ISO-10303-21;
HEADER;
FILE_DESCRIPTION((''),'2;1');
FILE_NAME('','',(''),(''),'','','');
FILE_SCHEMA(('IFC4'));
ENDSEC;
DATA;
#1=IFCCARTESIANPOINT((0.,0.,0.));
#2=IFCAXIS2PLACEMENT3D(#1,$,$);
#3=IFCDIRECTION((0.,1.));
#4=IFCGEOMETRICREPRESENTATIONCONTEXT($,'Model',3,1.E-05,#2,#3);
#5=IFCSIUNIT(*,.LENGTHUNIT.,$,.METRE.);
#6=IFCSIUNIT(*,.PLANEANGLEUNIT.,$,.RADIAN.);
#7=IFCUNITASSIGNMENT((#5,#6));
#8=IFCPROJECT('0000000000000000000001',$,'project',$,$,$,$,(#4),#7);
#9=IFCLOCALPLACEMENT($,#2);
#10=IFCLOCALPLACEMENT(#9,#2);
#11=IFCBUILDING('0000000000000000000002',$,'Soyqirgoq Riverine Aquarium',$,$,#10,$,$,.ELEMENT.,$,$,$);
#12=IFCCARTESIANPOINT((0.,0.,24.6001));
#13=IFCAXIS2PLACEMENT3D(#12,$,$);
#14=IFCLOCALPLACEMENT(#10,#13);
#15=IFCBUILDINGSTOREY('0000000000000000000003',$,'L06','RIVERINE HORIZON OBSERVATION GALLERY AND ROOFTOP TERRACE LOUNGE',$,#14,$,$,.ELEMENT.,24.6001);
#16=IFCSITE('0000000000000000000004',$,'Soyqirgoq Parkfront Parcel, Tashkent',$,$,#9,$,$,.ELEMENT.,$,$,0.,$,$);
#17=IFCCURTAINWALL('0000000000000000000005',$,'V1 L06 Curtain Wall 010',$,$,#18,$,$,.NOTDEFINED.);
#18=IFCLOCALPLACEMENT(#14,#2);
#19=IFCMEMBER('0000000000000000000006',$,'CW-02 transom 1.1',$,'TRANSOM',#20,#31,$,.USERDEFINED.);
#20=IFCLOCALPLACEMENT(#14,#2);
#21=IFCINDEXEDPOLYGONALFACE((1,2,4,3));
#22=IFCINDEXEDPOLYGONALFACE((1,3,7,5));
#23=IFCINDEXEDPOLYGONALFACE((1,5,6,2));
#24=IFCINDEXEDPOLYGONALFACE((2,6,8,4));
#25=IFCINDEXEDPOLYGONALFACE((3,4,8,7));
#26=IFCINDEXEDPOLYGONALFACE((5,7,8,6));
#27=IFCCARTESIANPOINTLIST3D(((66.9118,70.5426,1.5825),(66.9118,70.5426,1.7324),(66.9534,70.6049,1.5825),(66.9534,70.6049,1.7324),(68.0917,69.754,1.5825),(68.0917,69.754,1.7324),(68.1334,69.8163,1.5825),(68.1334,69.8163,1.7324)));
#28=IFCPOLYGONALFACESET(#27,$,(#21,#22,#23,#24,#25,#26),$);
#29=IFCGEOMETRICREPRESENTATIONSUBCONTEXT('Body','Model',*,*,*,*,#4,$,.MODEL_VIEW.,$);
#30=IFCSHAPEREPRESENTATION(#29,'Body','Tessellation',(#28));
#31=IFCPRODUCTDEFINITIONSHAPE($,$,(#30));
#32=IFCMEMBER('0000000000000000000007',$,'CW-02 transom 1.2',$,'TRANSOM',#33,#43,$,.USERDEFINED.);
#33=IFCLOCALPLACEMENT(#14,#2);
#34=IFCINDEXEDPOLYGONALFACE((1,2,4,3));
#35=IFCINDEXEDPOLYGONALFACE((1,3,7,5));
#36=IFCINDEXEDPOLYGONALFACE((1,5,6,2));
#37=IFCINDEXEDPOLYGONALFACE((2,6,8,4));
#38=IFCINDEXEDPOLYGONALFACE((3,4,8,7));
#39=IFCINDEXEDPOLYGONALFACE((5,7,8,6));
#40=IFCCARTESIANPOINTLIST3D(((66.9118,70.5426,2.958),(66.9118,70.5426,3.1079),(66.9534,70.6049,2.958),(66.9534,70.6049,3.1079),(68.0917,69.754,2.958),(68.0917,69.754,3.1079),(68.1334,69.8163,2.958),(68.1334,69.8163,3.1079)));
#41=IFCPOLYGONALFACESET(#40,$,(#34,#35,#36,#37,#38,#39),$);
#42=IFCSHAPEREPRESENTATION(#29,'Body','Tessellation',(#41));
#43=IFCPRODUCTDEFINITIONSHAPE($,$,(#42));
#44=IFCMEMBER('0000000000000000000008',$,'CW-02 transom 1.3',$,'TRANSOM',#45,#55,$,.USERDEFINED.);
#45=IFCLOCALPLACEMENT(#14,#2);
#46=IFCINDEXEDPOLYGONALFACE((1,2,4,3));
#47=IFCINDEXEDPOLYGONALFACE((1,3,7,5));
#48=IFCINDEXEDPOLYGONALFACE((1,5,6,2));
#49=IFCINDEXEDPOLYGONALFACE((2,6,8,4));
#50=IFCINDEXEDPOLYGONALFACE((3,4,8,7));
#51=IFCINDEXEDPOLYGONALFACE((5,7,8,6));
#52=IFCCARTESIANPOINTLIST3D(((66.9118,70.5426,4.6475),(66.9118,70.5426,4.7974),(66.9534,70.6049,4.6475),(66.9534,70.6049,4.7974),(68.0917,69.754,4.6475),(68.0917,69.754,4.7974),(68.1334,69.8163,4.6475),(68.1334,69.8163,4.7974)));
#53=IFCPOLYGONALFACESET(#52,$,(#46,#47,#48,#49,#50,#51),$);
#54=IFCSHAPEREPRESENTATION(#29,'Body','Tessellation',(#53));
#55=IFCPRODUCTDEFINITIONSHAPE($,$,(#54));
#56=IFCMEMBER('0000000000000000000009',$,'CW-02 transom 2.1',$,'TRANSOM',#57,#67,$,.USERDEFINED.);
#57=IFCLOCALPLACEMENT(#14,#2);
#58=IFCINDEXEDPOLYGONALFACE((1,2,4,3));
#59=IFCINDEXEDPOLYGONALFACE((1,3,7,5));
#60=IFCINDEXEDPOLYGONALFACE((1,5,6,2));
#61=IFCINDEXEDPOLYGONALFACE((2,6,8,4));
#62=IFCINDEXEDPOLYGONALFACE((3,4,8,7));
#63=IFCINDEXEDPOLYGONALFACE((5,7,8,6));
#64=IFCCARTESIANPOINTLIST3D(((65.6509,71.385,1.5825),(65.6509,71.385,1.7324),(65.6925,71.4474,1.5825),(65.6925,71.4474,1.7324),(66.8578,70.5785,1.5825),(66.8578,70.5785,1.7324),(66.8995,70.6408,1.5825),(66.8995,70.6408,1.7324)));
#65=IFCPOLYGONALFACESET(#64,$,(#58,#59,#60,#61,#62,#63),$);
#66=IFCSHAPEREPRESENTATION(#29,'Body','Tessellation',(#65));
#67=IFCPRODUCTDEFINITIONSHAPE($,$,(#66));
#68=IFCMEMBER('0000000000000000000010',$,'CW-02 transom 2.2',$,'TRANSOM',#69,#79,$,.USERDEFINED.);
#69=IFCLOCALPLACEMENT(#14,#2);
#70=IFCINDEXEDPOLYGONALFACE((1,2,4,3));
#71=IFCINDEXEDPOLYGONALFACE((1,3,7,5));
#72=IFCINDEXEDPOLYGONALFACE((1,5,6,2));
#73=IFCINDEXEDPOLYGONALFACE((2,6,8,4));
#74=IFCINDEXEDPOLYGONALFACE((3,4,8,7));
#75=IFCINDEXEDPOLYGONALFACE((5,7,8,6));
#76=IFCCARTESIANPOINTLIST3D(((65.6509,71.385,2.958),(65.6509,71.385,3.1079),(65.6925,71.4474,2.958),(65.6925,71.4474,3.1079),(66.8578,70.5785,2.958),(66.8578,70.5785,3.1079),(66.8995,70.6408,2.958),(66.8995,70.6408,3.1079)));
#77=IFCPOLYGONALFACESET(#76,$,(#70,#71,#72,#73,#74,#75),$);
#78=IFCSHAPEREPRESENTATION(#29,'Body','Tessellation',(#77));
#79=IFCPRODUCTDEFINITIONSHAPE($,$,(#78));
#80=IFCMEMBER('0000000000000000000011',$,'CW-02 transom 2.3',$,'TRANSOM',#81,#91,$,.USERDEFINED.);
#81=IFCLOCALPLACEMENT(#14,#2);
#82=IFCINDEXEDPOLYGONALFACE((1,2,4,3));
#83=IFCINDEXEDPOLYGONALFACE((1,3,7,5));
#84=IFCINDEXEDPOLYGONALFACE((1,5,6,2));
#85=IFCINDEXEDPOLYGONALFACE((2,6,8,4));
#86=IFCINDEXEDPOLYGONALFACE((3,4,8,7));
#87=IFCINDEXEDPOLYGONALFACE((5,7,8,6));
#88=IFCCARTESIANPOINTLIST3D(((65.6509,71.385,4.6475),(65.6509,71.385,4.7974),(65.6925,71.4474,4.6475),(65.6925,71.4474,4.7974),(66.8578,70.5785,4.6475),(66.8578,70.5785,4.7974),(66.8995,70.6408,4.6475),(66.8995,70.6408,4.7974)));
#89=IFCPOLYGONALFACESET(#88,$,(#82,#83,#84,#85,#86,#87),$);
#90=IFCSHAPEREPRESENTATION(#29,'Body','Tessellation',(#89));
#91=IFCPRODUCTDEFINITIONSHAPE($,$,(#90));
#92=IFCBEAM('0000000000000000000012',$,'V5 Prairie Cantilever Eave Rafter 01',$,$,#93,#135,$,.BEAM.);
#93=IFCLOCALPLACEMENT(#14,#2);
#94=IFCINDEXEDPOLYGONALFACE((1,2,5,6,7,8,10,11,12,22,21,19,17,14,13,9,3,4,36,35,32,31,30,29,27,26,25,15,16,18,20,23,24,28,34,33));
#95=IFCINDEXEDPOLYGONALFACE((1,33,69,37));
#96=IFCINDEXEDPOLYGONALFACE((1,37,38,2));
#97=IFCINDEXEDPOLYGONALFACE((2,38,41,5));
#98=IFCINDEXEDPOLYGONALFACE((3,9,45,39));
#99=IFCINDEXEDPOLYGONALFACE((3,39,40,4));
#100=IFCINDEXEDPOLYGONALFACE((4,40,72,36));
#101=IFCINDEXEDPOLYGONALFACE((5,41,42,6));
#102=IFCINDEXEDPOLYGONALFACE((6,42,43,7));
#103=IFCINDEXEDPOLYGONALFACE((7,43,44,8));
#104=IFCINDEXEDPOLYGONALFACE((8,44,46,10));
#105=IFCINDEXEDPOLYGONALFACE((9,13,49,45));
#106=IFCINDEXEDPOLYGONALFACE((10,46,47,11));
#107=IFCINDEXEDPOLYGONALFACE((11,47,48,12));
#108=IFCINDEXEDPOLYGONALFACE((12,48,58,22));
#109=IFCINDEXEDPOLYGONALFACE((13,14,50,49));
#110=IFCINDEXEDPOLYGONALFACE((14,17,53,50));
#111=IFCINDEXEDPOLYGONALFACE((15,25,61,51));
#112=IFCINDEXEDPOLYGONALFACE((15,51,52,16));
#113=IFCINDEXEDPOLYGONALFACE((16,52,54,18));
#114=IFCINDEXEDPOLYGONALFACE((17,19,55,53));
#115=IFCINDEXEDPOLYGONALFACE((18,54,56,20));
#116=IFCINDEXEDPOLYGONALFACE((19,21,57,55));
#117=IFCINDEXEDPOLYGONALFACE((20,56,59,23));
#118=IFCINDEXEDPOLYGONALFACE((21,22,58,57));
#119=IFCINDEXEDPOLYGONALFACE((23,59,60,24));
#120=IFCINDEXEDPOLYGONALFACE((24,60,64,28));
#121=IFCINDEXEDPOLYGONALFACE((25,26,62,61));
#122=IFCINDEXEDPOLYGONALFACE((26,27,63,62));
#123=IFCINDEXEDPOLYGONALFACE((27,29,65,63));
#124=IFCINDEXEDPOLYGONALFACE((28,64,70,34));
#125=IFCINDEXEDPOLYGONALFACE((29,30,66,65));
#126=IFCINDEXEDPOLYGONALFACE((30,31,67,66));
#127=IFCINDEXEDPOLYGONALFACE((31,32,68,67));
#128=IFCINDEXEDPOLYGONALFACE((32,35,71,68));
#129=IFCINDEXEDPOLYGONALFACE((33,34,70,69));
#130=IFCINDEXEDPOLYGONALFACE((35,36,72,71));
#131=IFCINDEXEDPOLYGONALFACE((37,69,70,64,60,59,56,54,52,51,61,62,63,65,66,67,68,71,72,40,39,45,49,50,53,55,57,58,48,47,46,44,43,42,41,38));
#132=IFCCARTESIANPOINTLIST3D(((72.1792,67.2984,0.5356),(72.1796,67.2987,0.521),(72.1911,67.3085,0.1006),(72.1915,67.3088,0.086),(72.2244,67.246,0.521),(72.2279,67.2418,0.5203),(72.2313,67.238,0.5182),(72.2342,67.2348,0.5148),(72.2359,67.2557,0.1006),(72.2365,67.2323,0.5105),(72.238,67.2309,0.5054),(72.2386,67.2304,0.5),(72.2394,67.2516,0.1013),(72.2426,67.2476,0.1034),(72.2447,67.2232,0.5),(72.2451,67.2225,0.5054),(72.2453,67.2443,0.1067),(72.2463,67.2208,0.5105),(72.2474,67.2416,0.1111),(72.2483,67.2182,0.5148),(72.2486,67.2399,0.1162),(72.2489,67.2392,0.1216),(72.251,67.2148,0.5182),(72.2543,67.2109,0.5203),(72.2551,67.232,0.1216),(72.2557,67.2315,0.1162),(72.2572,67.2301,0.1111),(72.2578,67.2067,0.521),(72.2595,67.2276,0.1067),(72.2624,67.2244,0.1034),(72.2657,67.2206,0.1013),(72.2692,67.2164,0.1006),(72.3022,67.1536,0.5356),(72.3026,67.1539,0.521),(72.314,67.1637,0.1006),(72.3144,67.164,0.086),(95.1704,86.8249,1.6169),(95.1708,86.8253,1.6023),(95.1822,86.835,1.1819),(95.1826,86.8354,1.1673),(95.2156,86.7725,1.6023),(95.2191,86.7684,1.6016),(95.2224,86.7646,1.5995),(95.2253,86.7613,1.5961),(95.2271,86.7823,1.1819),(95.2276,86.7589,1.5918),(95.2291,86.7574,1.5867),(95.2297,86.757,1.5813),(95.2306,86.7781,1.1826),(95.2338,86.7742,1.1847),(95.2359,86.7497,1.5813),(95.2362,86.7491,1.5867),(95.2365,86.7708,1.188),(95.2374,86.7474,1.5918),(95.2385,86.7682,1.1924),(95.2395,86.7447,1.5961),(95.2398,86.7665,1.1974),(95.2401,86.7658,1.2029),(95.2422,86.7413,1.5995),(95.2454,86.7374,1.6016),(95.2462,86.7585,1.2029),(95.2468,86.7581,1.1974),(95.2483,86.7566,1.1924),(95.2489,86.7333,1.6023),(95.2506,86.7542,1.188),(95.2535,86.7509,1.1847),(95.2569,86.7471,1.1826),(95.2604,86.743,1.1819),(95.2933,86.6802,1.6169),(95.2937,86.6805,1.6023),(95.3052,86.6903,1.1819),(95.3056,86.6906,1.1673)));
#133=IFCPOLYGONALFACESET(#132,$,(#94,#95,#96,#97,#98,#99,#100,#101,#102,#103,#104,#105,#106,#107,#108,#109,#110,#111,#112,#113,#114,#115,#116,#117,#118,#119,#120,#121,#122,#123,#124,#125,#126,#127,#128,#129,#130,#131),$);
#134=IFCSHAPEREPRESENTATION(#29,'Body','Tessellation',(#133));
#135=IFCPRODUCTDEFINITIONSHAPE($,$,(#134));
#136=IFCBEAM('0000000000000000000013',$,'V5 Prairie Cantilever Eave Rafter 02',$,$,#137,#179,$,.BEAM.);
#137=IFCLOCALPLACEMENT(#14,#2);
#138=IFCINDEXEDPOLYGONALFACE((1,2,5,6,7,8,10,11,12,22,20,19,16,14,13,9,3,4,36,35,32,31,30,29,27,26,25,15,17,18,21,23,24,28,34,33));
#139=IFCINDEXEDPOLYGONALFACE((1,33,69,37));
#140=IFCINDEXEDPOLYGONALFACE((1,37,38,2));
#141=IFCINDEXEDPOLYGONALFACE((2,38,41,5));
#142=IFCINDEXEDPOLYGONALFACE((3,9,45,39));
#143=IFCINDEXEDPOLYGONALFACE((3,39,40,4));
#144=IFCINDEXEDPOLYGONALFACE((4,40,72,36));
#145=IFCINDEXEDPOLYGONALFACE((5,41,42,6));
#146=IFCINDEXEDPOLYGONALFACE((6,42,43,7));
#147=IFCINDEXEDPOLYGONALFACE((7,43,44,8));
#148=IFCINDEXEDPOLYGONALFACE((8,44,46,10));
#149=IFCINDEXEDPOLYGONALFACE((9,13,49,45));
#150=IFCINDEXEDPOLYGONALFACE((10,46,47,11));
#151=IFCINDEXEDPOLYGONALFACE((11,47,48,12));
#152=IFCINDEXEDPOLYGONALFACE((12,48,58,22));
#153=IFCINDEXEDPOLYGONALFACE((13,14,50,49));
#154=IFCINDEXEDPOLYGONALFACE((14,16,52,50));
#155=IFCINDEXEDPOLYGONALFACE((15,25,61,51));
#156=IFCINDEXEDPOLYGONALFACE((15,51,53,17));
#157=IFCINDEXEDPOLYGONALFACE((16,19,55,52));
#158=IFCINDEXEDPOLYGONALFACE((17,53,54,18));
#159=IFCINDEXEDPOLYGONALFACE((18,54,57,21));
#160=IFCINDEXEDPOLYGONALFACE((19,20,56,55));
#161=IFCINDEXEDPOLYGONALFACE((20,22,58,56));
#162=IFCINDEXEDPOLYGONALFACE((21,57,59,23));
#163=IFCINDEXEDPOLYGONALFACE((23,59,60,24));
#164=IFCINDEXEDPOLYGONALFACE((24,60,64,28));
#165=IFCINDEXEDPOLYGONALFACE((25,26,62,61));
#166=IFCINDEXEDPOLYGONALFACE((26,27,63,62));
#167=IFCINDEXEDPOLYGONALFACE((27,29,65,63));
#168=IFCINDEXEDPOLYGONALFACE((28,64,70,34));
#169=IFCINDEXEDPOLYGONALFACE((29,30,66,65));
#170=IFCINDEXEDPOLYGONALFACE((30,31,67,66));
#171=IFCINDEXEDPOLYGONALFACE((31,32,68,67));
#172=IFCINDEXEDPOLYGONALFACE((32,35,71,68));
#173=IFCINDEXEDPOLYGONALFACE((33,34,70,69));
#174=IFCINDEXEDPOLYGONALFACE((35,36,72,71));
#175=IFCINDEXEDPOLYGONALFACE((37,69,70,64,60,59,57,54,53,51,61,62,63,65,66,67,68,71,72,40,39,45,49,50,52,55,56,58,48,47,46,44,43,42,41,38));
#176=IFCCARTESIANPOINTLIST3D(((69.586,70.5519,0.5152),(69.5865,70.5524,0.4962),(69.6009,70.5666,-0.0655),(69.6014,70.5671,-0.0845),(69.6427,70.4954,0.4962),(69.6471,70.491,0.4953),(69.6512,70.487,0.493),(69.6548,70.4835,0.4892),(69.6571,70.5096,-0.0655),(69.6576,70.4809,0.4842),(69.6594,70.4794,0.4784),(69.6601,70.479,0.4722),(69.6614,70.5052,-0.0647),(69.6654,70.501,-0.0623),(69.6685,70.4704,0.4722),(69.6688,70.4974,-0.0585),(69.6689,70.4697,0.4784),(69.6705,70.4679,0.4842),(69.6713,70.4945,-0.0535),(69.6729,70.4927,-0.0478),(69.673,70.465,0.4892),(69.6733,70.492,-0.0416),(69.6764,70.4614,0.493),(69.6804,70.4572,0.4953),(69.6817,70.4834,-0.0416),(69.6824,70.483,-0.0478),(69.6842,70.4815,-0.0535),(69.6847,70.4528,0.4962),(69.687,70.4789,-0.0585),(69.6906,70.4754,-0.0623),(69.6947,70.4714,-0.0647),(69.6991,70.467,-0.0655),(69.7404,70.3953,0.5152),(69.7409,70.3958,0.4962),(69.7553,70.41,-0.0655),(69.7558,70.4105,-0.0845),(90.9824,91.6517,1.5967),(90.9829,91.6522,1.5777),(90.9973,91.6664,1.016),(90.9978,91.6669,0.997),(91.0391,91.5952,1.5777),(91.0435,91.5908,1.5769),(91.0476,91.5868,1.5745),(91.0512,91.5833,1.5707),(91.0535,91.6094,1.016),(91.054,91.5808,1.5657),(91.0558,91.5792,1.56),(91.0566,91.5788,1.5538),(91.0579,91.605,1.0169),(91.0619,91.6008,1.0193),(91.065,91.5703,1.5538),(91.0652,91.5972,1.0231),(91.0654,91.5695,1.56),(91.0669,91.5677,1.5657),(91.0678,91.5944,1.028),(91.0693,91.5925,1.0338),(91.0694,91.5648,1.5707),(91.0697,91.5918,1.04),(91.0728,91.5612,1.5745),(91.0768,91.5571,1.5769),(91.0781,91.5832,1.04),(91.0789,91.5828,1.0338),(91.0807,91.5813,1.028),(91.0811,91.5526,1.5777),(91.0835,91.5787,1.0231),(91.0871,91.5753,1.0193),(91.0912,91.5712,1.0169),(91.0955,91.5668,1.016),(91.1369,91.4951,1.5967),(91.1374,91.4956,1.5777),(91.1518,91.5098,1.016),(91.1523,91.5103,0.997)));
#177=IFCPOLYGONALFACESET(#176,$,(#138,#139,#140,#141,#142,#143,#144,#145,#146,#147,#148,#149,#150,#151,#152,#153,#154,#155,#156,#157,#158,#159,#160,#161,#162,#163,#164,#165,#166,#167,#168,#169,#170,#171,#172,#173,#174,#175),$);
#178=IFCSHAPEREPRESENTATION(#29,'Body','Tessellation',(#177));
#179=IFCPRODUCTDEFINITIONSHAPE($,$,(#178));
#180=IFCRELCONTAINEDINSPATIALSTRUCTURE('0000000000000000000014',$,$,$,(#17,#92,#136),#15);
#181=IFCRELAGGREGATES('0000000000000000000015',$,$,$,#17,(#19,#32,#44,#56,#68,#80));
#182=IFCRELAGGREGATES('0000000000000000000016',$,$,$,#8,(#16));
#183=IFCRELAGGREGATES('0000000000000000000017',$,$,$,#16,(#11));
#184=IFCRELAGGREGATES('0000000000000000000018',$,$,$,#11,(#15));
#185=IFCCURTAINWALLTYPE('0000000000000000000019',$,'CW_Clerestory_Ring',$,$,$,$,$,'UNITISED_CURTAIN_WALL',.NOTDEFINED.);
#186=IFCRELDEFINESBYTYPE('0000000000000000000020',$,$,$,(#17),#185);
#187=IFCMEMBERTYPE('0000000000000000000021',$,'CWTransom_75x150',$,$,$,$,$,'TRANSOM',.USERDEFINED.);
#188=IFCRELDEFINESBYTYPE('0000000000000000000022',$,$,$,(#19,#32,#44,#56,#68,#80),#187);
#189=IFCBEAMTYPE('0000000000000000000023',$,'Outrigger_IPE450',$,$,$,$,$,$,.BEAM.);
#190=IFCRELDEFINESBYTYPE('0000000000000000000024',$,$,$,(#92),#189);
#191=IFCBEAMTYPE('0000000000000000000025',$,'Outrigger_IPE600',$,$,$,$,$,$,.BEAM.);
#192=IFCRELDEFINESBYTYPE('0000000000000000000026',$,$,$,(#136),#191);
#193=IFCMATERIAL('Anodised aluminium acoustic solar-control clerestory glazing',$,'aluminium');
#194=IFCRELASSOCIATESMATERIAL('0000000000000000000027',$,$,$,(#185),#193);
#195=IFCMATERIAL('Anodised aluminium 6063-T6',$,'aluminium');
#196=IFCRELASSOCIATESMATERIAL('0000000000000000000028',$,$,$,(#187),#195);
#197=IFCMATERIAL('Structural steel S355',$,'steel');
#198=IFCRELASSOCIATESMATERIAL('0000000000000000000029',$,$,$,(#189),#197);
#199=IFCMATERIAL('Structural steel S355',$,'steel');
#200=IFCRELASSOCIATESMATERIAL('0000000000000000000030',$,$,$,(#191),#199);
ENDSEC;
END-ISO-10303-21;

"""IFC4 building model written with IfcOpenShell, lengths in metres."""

from ifc_helpers import new_model, si_unit, direction, frame, origin, origin_2d, place, context, subcontext, project, spatial, rectangle, i_section, extrude, material, material_profile, profile_set, type_object, element, aggregate, save


model = new_model("IFC4")

# Units and contexts
model_context = context("Model", 3, precision=1e-05, world=origin(), true_north=direction((0.0, 1.0)))
body_context = subcontext(model_context, "Body", "Model", "MODEL_VIEW")
ifc_project = project(units=[si_unit("LENGTHUNIT", "METRE"), si_unit("PLANEANGLEUNIT", "RADIAN")], contexts=[model_context])

# Site, building, storey
site_placement = place(None, origin())
site = spatial("IfcSite", under=ifc_project, at=site_placement, Name="Soyqirgoq Parkfront Parcel, Tashkent", CompositionType="ELEMENT", RefElevation=0.0)
building_placement = place(site_placement, origin())
building = spatial("IfcBuilding", under=site, at=building_placement, Name="Soyqirgoq Riverine Aquarium", CompositionType="ELEMENT")
storey_placement = place(building_placement, frame((0.0, 0.0, 24.6001)))
storey = spatial("IfcBuildingStorey", under=building, at=storey_placement, Name="L06", Description="RIVERINE HORIZON OBSERVATION GALLERY AND ROOFTOP TERRACE LOUNGE", CompositionType="ELEMENT", Elevation=24.6001)

# Curtain wall
ifc_material_1 = material(Name="Anodised aluminium acoustic solar-control clerestory glazing", Category="aluminium")
curtain_wall_type = type_object("IfcCurtainWallType", Name="CW_Clerestory_Ring", ElementType="UNITISED_CURTAIN_WALL", PredefinedType="NOTDEFINED", material=ifc_material_1)
curtain_wall_1_placement = place(storey_placement, origin())
curtain_wall_1 = element("IfcCurtainWall", 1, at=curtain_wall_1_placement, inside=storey, type_object=curtain_wall_type, Name="V1 L06 Curtain Wall 010", PredefinedType="NOTDEFINED")

# Members
ifc_material_2 = material(Name="Anodised aluminium 6063-T6", Category="aluminium")
ifc_material_profile_1 = material_profile(ifc_material_2, rectangle(XDim=0.075, YDim=0.1499, at=origin_2d()), Name="ALU-T 75x150")
ifc_profile_set_1 = profile_set([ifc_material_profile_1], Name="Anodised aluminium 6063-T6")
member_type_1 = type_object("IfcMemberType", Name="CWTransom_75x150", ElementType="TRANSOM", PredefinedType="USERDEFINED", material=ifc_profile_set_1)
member_1_placement = place(storey_placement, frame((68.1125, 69.7852, 1.6575), z_axis=(-0.831415, 0.555653, 0.0), x_axis=(-0.555653, -0.831415, 0.0)))
member_1 = element("IfcMember", 2, at=member_1_placement, type_object=member_type_1, Name="CW-02 transom 1.1", ObjectType="TRANSOM", PredefinedType="USERDEFINED", context=body_context, shape_type="SweptSolid", body=[
    extrude(rectangle(XDim=0.075, YDim=0.1499, at=origin_2d()), origin(), (0.0, 0.0, 1.0), 1.4192),
])
member_2_placement = place(storey_placement, frame((68.1125, 69.7852, 3.033), z_axis=(-0.831415, 0.555653, 0.0), x_axis=(-0.555653, -0.831415, 0.0)))
member_2 = element("IfcMember", 3, at=member_2_placement, type_object=member_type_1, Name="CW-02 transom 1.2", ObjectType="TRANSOM", PredefinedType="USERDEFINED", context=body_context, shape_type="SweptSolid", body=[
    extrude(rectangle(XDim=0.075, YDim=0.1499, at=origin_2d()), origin(), (0.0, 0.0, 1.0), 1.4192),
])
member_3_placement = place(storey_placement, frame((68.1125, 69.7852, 4.7224), z_axis=(-0.831415, 0.555653, 0.0), x_axis=(-0.555653, -0.831415, 0.0)))
member_3 = element("IfcMember", 4, at=member_3_placement, type_object=member_type_1, Name="CW-02 transom 1.3", ObjectType="TRANSOM", PredefinedType="USERDEFINED", context=body_context, shape_type="SweptSolid", body=[
    extrude(rectangle(XDim=0.075, YDim=0.1499, at=origin_2d()), origin(), (0.0, 0.0, 1.0), 1.4192),
])
member_4_placement = place(storey_placement, frame((66.8787, 70.6096, 1.6575), z_axis=(-0.831429, 0.555631, 0.0), x_axis=(-0.555631, -0.831429, 0.0)))
member_4 = element("IfcMember", 5, at=member_4_placement, type_object=member_type_1, Name="CW-02 transom 2.1", ObjectType="TRANSOM", PredefinedType="USERDEFINED", context=body_context, shape_type="SweptSolid", body=[
    extrude(rectangle(XDim=0.075, YDim=0.1499, at=origin_2d()), origin(), (0.0, 0.0, 1.0), 1.4517),
])
member_5_placement = place(storey_placement, frame((66.8787, 70.6096, 3.033), z_axis=(-0.831429, 0.555631, 0.0), x_axis=(-0.555631, -0.831429, 0.0)))
member_5 = element("IfcMember", 6, at=member_5_placement, type_object=member_type_1, Name="CW-02 transom 2.2", ObjectType="TRANSOM", PredefinedType="USERDEFINED", context=body_context, shape_type="SweptSolid", body=[
    extrude(rectangle(XDim=0.075, YDim=0.1499, at=origin_2d()), origin(), (0.0, 0.0, 1.0), 1.4517),
])
member_6_placement = place(storey_placement, frame((66.8787, 70.6096, 4.7224), z_axis=(-0.831429, 0.555631, 0.0), x_axis=(-0.555631, -0.831429, 0.0)))
member_6 = element("IfcMember", 7, at=member_6_placement, type_object=member_type_1, Name="CW-02 transom 2.3", ObjectType="TRANSOM", PredefinedType="USERDEFINED", context=body_context, shape_type="SweptSolid", body=[
    extrude(rectangle(XDim=0.075, YDim=0.1499, at=origin_2d()), origin(), (0.0, 0.0, 1.0), 1.4517),
])

# Beams
ifc_material_3 = material(Name="Structural steel S355", Category="steel")
ifc_material_profile_2 = material_profile(ifc_material_3, i_section(OverallWidth=0.1899, OverallDepth=0.45, WebThickness=0.0095, FlangeThickness=0.0146, FilletRadius=0.021, at=origin_2d()), Name="IPE 450")
ifc_profile_set_2 = profile_set([ifc_material_profile_2], Name="Structural steel S355")
beam_type_1 = type_object("IfcBeamType", Name="Outrigger_IPE450", PredefinedType="BEAM", material=ifc_profile_set_2)
beam_1_placement = place(storey_placement, frame((72.2468, 67.2312, 0.3108), z_axis=(0.76171, 0.646926, 0.035824), x_axis=(-0.647342, 0.7622, 0.0)))
element("IfcBeam", 8, at=beam_1_placement, inside=storey, type_object=beam_type_1, Name="V5 Prairie Cantilever Eave Rafter 01", PredefinedType="BEAM", context=body_context, shape_type="SweptSolid", body=[
    extrude(i_section(OverallWidth=0.1899, OverallDepth=0.45, WebThickness=0.0095, FlangeThickness=0.0146, FilletRadius=0.021, at=origin_2d()), origin(), (0.0, 0.0, 1.0), 30.1836),
])
ifc_material_4 = material(Name="Structural steel S355", Category="steel")
ifc_material_profile_3 = material_profile(ifc_material_4, i_section(OverallWidth=0.22, OverallDepth=0.6001, WebThickness=0.012, FlangeThickness=0.019, FilletRadius=0.0239, at=origin_2d()), Name="IPE 600")
ifc_profile_set_3 = profile_set([ifc_material_profile_3], Name="Structural steel S355")
beam_type_2 = type_object("IfcBeamType", Name="Outrigger_IPE600", PredefinedType="BEAM", material=ifc_profile_set_3)
beam_2_placement = place(storey_placement, frame((69.6709, 70.4812, 0.2153), z_axis=(0.711564, 0.7017, 0.035968), x_axis=(-0.702154, 0.712025, 0.0)))
element("IfcBeam", 9, at=beam_2_placement, inside=storey, type_object=beam_type_2, Name="V5 Prairie Cantilever Eave Rafter 02", PredefinedType="BEAM", context=body_context, shape_type="SweptSolid", body=[
    extrude(i_section(OverallWidth=0.22, OverallDepth=0.6001, WebThickness=0.012, FlangeThickness=0.019, FilletRadius=0.0239, at=origin_2d()), origin(), (0.0, 0.0, 1.0), 30.0696),
])

aggregate(curtain_wall_1, [member_1, member_2, member_3, member_4, member_5, member_6])

save(model, "model.ifc")
